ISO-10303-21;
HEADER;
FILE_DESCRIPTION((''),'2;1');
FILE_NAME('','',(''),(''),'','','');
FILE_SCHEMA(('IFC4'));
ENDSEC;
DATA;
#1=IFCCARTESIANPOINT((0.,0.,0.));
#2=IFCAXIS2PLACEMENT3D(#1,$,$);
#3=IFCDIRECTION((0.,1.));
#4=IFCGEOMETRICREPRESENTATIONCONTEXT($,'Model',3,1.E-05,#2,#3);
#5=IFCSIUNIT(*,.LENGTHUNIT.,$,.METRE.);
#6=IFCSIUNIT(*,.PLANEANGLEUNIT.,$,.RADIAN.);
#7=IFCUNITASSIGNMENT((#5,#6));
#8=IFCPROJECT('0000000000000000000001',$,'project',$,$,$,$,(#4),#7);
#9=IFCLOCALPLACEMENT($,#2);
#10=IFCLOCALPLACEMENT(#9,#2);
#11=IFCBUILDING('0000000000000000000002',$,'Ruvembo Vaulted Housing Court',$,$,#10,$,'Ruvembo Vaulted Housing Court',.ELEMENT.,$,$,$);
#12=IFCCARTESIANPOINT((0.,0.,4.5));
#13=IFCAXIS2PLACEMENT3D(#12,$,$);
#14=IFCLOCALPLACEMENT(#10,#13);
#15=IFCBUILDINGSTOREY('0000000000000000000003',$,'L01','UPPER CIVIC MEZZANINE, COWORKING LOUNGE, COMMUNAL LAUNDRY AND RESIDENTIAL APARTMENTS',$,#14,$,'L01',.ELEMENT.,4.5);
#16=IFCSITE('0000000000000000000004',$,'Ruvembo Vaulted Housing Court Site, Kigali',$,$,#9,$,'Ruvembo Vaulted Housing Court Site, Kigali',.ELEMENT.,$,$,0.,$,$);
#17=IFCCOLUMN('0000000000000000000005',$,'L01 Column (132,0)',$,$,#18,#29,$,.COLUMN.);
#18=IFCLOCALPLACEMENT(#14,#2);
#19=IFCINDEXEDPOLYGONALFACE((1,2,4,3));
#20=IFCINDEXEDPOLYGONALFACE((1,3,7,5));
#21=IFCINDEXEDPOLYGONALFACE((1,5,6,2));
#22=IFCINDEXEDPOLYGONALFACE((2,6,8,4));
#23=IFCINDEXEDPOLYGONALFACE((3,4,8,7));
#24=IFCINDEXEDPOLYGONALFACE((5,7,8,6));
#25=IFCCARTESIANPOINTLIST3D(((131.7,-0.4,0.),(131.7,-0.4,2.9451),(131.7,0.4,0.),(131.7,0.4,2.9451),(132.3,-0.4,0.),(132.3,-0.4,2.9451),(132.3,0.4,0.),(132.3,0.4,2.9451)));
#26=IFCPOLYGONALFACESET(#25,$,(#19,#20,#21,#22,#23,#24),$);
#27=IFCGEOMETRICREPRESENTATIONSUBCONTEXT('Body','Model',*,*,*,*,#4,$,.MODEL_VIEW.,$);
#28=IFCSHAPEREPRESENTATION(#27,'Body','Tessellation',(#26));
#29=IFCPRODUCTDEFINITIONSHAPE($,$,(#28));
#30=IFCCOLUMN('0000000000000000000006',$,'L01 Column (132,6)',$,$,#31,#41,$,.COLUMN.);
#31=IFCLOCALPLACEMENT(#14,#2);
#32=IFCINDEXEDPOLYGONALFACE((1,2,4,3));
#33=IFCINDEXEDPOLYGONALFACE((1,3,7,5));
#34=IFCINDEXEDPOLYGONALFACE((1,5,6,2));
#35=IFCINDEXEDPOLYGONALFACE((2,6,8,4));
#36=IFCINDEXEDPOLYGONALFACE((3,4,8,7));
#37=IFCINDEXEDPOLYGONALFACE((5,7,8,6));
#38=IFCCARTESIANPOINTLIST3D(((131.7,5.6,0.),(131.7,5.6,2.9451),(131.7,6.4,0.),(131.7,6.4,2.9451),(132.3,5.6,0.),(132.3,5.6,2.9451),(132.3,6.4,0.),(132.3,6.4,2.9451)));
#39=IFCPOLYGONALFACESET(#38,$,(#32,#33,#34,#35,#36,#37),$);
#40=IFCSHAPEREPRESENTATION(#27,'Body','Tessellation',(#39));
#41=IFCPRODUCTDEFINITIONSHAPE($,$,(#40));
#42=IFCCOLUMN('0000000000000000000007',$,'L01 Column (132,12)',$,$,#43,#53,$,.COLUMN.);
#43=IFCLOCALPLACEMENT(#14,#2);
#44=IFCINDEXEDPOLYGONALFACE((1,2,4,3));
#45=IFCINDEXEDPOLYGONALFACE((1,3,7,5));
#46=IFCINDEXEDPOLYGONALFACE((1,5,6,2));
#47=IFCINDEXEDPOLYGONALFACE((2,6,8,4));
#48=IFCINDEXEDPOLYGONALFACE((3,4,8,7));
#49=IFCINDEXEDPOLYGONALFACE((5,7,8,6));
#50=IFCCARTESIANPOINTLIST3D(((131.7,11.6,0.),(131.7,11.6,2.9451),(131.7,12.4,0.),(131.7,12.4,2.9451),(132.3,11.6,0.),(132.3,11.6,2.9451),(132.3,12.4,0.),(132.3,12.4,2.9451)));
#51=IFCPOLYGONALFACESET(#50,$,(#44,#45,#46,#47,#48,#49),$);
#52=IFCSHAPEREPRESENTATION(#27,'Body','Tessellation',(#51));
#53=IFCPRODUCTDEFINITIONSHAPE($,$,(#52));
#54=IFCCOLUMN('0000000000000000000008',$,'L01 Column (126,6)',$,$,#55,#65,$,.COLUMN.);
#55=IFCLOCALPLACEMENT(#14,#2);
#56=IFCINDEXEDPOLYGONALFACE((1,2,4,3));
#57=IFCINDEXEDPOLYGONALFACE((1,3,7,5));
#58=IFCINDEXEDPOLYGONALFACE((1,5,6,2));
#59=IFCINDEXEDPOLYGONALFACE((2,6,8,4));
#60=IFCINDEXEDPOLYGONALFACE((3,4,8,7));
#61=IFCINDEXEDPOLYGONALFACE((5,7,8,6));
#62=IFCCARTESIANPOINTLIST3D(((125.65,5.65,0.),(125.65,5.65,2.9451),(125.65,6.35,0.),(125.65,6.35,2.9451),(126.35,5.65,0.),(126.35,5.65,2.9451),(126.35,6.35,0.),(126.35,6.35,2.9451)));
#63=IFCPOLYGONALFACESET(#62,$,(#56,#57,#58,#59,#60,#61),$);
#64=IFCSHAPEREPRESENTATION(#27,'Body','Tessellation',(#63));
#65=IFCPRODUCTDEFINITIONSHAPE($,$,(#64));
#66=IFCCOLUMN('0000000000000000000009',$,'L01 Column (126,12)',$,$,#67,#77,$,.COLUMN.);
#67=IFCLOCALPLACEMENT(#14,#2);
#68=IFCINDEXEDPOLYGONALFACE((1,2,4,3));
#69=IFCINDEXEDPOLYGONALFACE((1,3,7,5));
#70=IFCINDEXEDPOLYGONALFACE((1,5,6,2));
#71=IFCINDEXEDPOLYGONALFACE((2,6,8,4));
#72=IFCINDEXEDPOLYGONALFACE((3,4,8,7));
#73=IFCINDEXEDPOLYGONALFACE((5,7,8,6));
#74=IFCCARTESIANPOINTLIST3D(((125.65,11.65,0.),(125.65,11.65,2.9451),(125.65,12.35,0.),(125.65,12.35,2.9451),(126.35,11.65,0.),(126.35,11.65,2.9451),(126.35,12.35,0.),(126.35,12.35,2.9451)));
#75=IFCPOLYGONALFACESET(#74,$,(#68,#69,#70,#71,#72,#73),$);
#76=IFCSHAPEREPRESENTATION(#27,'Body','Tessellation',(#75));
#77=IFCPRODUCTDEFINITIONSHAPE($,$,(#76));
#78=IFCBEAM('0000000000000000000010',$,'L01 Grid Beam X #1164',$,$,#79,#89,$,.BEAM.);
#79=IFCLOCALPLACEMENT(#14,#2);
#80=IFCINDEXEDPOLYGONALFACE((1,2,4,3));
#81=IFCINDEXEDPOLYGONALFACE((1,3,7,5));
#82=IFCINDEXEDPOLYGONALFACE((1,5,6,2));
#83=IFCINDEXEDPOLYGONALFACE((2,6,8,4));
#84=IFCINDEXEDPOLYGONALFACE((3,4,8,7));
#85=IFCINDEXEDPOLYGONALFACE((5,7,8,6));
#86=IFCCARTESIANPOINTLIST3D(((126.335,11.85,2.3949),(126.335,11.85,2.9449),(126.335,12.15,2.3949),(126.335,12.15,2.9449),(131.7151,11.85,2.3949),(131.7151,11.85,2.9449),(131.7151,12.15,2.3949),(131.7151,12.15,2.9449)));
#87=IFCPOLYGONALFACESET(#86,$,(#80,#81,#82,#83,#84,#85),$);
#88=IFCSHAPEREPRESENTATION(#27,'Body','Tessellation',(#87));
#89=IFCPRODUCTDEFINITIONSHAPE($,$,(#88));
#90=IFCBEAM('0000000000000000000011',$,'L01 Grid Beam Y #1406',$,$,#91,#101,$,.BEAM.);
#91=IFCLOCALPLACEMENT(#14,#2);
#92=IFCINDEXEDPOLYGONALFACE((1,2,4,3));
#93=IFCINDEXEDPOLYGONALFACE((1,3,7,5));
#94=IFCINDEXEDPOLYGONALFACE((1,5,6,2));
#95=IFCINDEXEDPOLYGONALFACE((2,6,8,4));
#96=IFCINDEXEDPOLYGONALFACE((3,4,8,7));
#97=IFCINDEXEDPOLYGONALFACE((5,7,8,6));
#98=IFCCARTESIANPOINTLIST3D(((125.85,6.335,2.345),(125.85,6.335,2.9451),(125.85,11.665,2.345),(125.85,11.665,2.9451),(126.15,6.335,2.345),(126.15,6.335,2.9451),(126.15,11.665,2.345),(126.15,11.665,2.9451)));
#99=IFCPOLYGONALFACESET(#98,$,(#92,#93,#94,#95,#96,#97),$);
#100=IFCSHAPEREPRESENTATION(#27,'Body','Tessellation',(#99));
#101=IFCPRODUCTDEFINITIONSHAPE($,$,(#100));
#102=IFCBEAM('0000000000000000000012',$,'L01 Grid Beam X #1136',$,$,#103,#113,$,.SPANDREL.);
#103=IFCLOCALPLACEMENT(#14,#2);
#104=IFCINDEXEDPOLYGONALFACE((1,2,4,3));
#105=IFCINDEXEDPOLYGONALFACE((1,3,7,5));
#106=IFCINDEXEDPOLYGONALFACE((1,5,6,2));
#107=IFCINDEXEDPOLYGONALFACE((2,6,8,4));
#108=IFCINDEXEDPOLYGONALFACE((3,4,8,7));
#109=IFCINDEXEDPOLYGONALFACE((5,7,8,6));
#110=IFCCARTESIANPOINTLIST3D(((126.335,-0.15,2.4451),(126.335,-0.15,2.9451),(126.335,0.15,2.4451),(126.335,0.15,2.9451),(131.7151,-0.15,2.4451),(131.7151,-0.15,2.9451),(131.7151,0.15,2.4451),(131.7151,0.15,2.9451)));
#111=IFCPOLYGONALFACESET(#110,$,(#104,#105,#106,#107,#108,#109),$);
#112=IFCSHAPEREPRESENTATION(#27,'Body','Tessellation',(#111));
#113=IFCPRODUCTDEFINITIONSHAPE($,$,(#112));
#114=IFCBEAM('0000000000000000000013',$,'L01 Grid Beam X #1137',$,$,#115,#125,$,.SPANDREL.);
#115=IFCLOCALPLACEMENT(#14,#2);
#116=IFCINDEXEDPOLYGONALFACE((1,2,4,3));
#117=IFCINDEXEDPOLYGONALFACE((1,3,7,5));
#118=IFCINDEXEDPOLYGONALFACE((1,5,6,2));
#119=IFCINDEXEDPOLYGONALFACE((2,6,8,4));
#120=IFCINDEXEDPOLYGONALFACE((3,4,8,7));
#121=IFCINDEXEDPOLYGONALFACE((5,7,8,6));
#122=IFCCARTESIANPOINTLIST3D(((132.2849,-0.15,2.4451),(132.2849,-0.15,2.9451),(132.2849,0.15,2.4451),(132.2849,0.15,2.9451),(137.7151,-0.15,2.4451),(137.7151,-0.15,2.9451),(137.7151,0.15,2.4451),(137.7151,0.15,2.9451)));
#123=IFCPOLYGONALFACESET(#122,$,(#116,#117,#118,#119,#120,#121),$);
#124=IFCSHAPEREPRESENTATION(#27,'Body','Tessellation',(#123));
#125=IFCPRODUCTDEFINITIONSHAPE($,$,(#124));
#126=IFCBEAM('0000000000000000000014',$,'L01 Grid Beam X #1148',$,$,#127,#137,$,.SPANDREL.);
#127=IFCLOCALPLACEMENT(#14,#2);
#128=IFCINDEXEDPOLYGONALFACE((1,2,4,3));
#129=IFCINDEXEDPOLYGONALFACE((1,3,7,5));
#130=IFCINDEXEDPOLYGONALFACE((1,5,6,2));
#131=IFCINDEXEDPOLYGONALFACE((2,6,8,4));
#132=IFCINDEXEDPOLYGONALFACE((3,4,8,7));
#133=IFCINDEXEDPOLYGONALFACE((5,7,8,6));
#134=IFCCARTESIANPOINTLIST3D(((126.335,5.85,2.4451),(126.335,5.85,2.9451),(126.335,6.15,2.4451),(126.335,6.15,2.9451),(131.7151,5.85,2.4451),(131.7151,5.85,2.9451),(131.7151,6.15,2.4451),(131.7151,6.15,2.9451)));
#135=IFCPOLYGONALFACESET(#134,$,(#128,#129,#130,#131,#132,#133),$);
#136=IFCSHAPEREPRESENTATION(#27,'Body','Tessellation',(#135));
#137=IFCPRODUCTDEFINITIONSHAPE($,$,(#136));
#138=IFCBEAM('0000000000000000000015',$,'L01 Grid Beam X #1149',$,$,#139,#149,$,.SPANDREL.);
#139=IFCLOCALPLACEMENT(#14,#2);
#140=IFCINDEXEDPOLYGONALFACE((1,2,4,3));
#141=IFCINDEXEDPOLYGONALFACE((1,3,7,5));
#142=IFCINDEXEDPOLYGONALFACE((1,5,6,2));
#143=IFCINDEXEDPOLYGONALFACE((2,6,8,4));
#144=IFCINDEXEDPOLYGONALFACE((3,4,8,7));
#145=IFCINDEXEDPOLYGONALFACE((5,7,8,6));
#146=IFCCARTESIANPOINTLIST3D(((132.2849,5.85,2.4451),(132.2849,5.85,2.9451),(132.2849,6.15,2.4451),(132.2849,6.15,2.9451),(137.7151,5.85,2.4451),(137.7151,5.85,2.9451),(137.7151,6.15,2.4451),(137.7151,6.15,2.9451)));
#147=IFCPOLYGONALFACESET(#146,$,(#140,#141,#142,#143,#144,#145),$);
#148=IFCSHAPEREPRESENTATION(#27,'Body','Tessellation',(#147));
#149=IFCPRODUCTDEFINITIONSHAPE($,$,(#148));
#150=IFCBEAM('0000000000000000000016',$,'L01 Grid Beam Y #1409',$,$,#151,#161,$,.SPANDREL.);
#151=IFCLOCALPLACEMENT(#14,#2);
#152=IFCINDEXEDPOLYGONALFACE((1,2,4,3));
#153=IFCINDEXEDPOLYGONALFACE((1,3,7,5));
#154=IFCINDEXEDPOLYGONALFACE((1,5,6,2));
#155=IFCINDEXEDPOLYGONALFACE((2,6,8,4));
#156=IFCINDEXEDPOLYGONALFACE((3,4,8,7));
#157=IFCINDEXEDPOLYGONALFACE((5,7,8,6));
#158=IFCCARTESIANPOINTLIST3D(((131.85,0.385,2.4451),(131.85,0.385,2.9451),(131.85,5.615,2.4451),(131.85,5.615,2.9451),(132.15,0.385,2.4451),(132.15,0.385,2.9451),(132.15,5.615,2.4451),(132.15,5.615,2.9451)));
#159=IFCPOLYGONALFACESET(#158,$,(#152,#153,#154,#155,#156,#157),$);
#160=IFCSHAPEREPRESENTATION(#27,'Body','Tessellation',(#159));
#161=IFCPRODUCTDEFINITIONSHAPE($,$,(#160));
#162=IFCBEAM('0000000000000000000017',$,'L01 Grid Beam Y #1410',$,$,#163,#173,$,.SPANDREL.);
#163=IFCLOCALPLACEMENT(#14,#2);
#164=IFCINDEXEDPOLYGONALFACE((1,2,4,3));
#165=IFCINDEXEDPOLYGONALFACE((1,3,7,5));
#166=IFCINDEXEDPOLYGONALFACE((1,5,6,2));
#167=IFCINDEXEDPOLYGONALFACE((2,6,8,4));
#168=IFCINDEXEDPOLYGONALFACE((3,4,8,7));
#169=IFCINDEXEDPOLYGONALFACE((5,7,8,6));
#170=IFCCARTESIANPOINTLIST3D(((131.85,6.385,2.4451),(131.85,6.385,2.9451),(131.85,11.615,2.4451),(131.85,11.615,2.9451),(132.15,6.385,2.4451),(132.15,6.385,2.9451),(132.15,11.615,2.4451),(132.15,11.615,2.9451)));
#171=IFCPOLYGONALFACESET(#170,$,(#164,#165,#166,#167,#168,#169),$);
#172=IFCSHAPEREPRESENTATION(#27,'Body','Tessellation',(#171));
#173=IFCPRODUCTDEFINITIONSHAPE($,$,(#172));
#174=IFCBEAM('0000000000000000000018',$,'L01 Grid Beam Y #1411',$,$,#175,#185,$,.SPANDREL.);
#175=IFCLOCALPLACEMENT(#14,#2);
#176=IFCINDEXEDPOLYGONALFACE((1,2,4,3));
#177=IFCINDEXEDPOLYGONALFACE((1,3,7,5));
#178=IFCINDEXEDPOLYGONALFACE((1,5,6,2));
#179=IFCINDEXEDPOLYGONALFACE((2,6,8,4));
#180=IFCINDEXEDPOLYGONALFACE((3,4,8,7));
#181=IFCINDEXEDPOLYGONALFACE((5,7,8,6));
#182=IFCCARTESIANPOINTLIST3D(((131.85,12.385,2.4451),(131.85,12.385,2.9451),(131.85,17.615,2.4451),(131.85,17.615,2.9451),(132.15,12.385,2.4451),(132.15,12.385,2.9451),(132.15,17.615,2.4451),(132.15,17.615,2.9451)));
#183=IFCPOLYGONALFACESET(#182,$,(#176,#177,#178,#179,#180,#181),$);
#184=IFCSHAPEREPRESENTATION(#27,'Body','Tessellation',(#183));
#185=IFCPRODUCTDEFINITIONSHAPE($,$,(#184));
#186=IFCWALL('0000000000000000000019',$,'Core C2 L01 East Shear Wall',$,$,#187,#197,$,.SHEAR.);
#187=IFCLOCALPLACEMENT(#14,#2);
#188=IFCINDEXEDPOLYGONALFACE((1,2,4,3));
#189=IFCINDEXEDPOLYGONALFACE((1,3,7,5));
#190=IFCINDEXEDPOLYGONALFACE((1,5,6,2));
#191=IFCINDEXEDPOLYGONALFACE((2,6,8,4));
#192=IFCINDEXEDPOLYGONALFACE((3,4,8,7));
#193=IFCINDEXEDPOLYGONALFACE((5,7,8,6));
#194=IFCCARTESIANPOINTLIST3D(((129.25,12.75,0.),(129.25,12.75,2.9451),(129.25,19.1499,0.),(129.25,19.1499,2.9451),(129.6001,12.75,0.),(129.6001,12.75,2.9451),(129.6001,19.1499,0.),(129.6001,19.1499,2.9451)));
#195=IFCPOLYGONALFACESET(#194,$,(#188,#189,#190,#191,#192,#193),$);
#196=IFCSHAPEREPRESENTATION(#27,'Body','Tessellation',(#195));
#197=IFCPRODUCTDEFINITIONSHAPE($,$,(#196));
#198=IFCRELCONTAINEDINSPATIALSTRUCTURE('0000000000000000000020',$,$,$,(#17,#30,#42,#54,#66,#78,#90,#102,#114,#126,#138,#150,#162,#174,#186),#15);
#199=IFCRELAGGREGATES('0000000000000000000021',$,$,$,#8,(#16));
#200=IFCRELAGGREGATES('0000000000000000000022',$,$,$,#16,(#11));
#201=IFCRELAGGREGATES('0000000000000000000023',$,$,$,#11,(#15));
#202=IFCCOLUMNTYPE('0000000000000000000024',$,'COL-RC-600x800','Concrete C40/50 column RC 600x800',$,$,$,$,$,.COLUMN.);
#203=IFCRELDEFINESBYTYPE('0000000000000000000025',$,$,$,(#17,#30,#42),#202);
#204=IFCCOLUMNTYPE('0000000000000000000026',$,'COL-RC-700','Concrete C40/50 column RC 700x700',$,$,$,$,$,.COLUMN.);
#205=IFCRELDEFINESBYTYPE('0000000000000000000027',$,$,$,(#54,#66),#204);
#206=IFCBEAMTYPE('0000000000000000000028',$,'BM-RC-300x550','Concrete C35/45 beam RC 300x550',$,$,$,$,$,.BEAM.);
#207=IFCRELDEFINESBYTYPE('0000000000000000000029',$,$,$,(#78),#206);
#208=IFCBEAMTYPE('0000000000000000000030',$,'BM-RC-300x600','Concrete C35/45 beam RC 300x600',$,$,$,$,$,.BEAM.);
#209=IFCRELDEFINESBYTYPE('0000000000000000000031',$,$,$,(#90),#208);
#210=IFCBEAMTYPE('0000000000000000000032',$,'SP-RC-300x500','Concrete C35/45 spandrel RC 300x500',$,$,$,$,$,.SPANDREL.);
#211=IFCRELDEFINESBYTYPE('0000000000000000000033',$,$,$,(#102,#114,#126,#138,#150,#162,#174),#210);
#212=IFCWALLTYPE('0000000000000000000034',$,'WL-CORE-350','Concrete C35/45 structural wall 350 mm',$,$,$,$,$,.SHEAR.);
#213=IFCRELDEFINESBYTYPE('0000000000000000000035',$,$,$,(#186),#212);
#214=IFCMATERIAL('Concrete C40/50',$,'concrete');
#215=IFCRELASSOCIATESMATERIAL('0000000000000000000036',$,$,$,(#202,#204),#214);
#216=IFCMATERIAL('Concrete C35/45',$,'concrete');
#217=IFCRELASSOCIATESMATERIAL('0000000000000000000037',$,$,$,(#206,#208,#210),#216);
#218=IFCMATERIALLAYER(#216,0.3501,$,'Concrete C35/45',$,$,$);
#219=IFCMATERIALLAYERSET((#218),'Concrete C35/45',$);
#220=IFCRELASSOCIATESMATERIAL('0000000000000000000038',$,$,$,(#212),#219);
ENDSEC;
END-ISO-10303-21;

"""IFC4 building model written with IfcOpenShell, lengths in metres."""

from ifc_helpers import new_model, si_unit, direction, frame, frame_2d, origin, origin_2d, place, context, subcontext, project, spatial, rectangle, extrude, material, layer, layer_set, material_profile, profile_set, type_object, element, save


model = new_model("IFC4")

# Units and contexts
model_context = context("Model", 3, precision=1e-05, world=origin(), true_north=direction((0.0, 1.0)))
body_context = subcontext(model_context, "Body", "Model", "MODEL_VIEW")
ifc_project = project(units=[si_unit("LENGTHUNIT", "METRE"), si_unit("PLANEANGLEUNIT", "RADIAN")], contexts=[model_context])

# Site, building, storey
site_placement = place(None, origin())
site = spatial("IfcSite", under=ifc_project, at=site_placement, Name="Ruvembo Vaulted Housing Court Site, Kigali", LongName="Ruvembo Vaulted Housing Court Site, Kigali", CompositionType="ELEMENT", RefElevation=0.0)
building_placement = place(site_placement, origin())
building = spatial("IfcBuilding", under=site, at=building_placement, Name="Ruvembo Vaulted Housing Court", LongName="Ruvembo Vaulted Housing Court", CompositionType="ELEMENT")
storey_placement = place(building_placement, frame((0.0, 0.0, 4.5)))
storey = spatial("IfcBuildingStorey", under=building, at=storey_placement, Name="L01", Description="UPPER CIVIC MEZZANINE, COWORKING LOUNGE, COMMUNAL LAUNDRY AND RESIDENTIAL APARTMENTS", LongName="L01", CompositionType="ELEMENT", Elevation=4.5)

# Columns
ifc_material_1 = material(Name="Concrete C40/50", Category="concrete")
ifc_material_profile_1 = material_profile(ifc_material_1, rectangle(XDim=0.6001, YDim=0.8, at=origin_2d()), Name="RC 600x800")
ifc_profile_set_1 = profile_set([ifc_material_profile_1], Name="Concrete C40/50")
column_type_1 = type_object("IfcColumnType", Name="COL-RC-600x800", Description="Concrete C40/50 column RC 600x800", PredefinedType="COLUMN", material=ifc_profile_set_1)
for number, where, z_axis, x_axis, name in (
    (1, (132.0, 0.0, 0.0), (0.0, 0.0, 1.0), (1.0, 0.0, 0.0), "L01 Column (132,0)"),
    (2, (132.0, 6.0, 0.0), (0.0, 0.0, 1.0), (1.0, 0.0, 0.0), "L01 Column (132,6)"),
    (3, (132.0, 12.0, 0.0), (0.0, 0.0, 1.0), (1.0, 0.0, 0.0), "L01 Column (132,12)"),
):
    element("IfcColumn", number, at=place(storey_placement, frame(where, z_axis=z_axis, x_axis=x_axis)), inside=storey, type_object=column_type_1, Name=name, PredefinedType="COLUMN", context=body_context, shape_type="SweptSolid", body=[
        extrude(rectangle(XDim=0.6001, YDim=0.8, at=origin_2d()), origin(), (0.0, 0.0, 1.0), 2.9451),
    ])
ifc_material_profile_2 = material_profile(ifc_material_1, rectangle(XDim=0.7, YDim=0.7, at=origin_2d()), Name="RC 700x700")
ifc_profile_set_2 = profile_set([ifc_material_profile_2], Name="Concrete C40/50")
column_type_2 = type_object("IfcColumnType", Name="COL-RC-700", Description="Concrete C40/50 column RC 700x700", PredefinedType="COLUMN", material=ifc_profile_set_2)
for number, where, z_axis, x_axis, name in (
    (4, (126.0, 6.0, 0.0), (0.0, 0.0, 1.0), (1.0, 0.0, 0.0), "L01 Column (126,6)"),
    (5, (126.0, 12.0, 0.0), (0.0, 0.0, 1.0), (1.0, 0.0, 0.0), "L01 Column (126,12)"),
):
    element("IfcColumn", number, at=place(storey_placement, frame(where, z_axis=z_axis, x_axis=x_axis)), inside=storey, type_object=column_type_2, Name=name, PredefinedType="COLUMN", context=body_context, shape_type="SweptSolid", body=[
        extrude(rectangle(XDim=0.7, YDim=0.7, at=origin_2d()), origin(), (0.0, 0.0, 1.0), 2.9451),
    ])

# Beams
ifc_material_2 = material(Name="Concrete C35/45", Category="concrete")
ifc_material_profile_3 = material_profile(ifc_material_2, rectangle(XDim=0.3, YDim=0.55, at=origin_2d()), Name="RC 300x550")
ifc_profile_set_3 = profile_set([ifc_material_profile_3], Name="Concrete C35/45")
beam_type_1 = type_object("IfcBeamType", Name="BM-RC-300x550", Description="Concrete C35/45 beam RC 300x550", PredefinedType="BEAM", material=ifc_profile_set_3)
beam_1_placement = place(storey_placement, frame((126.335, 12.0, 2.6699), z_axis=(1.0, 0.0, 0.0), x_axis=(0.0, 1.0, 0.0)))
element("IfcBeam", 6, at=beam_1_placement, inside=storey, type_object=beam_type_1, Name="L01 Grid Beam X #1164", PredefinedType="BEAM", context=body_context, shape_type="SweptSolid", body=[
    extrude(rectangle(XDim=0.3, YDim=0.55, at=origin_2d()), origin(), (0.0, 0.0, 1.0), 5.3801),
])
ifc_material_profile_4 = material_profile(ifc_material_2, rectangle(XDim=0.3, YDim=0.6001, at=origin_2d()), Name="RC 300x600")
ifc_profile_set_4 = profile_set([ifc_material_profile_4], Name="Concrete C35/45")
beam_type_2 = type_object("IfcBeamType", Name="BM-RC-300x600", Description="Concrete C35/45 beam RC 300x600", PredefinedType="BEAM", material=ifc_profile_set_4)
beam_2_placement = place(storey_placement, frame((126.0, 6.335, 2.645), z_axis=(0.0, 1.0, 0.0), x_axis=(-1.0, 0.0, 0.0)))
element("IfcBeam", 7, at=beam_2_placement, inside=storey, type_object=beam_type_2, Name="L01 Grid Beam Y #1406", PredefinedType="BEAM", context=body_context, shape_type="SweptSolid", body=[
    extrude(rectangle(XDim=0.3, YDim=0.6001, at=origin_2d()), origin(), (0.0, 0.0, 1.0), 5.3301),
])
ifc_material_profile_5 = material_profile(ifc_material_2, rectangle(XDim=0.3, YDim=0.5, at=origin_2d()), Name="RC 300x500")
ifc_profile_set_5 = profile_set([ifc_material_profile_5], Name="Concrete C35/45")
beam_type_3 = type_object("IfcBeamType", Name="SP-RC-300x500", Description="Concrete C35/45 spandrel RC 300x500", PredefinedType="SPANDREL", material=ifc_profile_set_5)
beam_3_placement = place(storey_placement, frame((126.335, 0.0, 2.6951), z_axis=(1.0, 0.0, 0.0), x_axis=(0.0, 1.0, 0.0)))
element("IfcBeam", 8, at=beam_3_placement, inside=storey, type_object=beam_type_3, Name="L01 Grid Beam X #1136", PredefinedType="SPANDREL", context=body_context, shape_type="SweptSolid", body=[
    extrude(rectangle(XDim=0.3, YDim=0.5, at=origin_2d()), origin(), (0.0, 0.0, 1.0), 5.3801),
])
beam_4_placement = place(storey_placement, frame((132.2849, 0.0, 2.6951), z_axis=(1.0, 0.0, 0.0), x_axis=(0.0, 1.0, 0.0)))
element("IfcBeam", 9, at=beam_4_placement, inside=storey, type_object=beam_type_3, Name="L01 Grid Beam X #1137", PredefinedType="SPANDREL", context=body_context, shape_type="SweptSolid", body=[
    extrude(rectangle(XDim=0.3, YDim=0.5, at=origin_2d()), origin(), (0.0, 0.0, 1.0), 5.4302),
])
beam_5_placement = place(storey_placement, frame((126.335, 6.0, 2.6951), z_axis=(1.0, 0.0, 0.0), x_axis=(0.0, 1.0, 0.0)))
element("IfcBeam", 10, at=beam_5_placement, inside=storey, type_object=beam_type_3, Name="L01 Grid Beam X #1148", PredefinedType="SPANDREL", context=body_context, shape_type="SweptSolid", body=[
    extrude(rectangle(XDim=0.3, YDim=0.5, at=origin_2d()), origin(), (0.0, 0.0, 1.0), 5.3801),
])
beam_6_placement = place(storey_placement, frame((132.2849, 6.0, 2.6951), z_axis=(1.0, 0.0, 0.0), x_axis=(0.0, 1.0, 0.0)))
element("IfcBeam", 11, at=beam_6_placement, inside=storey, type_object=beam_type_3, Name="L01 Grid Beam X #1149", PredefinedType="SPANDREL", context=body_context, shape_type="SweptSolid", body=[
    extrude(rectangle(XDim=0.3, YDim=0.5, at=origin_2d()), origin(), (0.0, 0.0, 1.0), 5.4302),
])
for number, where, z_axis, x_axis, name in (
    (12, (132.0, 0.385, 2.6951), (0.0, 1.0, 0.0), (-1.0, 0.0, 0.0), "L01 Grid Beam Y #1409"),
    (13, (132.0, 6.385, 2.6951), (0.0, 1.0, 0.0), (-1.0, 0.0, 0.0), "L01 Grid Beam Y #1410"),
    (14, (132.0, 12.385, 2.6951), (0.0, 1.0, 0.0), (-1.0, 0.0, 0.0), "L01 Grid Beam Y #1411"),
):
    element("IfcBeam", number, at=place(storey_placement, frame(where, z_axis=z_axis, x_axis=x_axis)), inside=storey, type_object=beam_type_3, Name=name, PredefinedType="SPANDREL", context=body_context, shape_type="SweptSolid", body=[
        extrude(rectangle(XDim=0.3, YDim=0.5, at=origin_2d()), origin(), (0.0, 0.0, 1.0), 5.23),
    ])

# Wall
ifc_layer_1 = layer(ifc_material_2, 0.3501, Name="Concrete C35/45")
ifc_layer_set_1 = layer_set([ifc_layer_1], Name="Concrete C35/45")
wall_type_1 = type_object("IfcWallType", Name="WL-CORE-350", Description="Concrete C35/45 structural wall 350 mm", PredefinedType="SHEAR", material=ifc_layer_set_1)
wall_1_placement = place(storey_placement, frame((129.425, 12.75, 0.0), z_axis=(0.0, 0.0, 1.0), x_axis=(0.0, 1.0, 0.0)))
element("IfcWall", 15, at=wall_1_placement, inside=storey, type_object=wall_type_1, Name="Core C2 L01 East Shear Wall", PredefinedType="SHEAR", context=body_context, shape_type="SweptSolid", body=[
    extrude(rectangle(XDim=6.3999, YDim=0.3501, at=frame_2d((3.2, 0.0))), origin(), (0.0, 0.0, 1.0), 2.9451),
])

save(model, "model.ifc")
